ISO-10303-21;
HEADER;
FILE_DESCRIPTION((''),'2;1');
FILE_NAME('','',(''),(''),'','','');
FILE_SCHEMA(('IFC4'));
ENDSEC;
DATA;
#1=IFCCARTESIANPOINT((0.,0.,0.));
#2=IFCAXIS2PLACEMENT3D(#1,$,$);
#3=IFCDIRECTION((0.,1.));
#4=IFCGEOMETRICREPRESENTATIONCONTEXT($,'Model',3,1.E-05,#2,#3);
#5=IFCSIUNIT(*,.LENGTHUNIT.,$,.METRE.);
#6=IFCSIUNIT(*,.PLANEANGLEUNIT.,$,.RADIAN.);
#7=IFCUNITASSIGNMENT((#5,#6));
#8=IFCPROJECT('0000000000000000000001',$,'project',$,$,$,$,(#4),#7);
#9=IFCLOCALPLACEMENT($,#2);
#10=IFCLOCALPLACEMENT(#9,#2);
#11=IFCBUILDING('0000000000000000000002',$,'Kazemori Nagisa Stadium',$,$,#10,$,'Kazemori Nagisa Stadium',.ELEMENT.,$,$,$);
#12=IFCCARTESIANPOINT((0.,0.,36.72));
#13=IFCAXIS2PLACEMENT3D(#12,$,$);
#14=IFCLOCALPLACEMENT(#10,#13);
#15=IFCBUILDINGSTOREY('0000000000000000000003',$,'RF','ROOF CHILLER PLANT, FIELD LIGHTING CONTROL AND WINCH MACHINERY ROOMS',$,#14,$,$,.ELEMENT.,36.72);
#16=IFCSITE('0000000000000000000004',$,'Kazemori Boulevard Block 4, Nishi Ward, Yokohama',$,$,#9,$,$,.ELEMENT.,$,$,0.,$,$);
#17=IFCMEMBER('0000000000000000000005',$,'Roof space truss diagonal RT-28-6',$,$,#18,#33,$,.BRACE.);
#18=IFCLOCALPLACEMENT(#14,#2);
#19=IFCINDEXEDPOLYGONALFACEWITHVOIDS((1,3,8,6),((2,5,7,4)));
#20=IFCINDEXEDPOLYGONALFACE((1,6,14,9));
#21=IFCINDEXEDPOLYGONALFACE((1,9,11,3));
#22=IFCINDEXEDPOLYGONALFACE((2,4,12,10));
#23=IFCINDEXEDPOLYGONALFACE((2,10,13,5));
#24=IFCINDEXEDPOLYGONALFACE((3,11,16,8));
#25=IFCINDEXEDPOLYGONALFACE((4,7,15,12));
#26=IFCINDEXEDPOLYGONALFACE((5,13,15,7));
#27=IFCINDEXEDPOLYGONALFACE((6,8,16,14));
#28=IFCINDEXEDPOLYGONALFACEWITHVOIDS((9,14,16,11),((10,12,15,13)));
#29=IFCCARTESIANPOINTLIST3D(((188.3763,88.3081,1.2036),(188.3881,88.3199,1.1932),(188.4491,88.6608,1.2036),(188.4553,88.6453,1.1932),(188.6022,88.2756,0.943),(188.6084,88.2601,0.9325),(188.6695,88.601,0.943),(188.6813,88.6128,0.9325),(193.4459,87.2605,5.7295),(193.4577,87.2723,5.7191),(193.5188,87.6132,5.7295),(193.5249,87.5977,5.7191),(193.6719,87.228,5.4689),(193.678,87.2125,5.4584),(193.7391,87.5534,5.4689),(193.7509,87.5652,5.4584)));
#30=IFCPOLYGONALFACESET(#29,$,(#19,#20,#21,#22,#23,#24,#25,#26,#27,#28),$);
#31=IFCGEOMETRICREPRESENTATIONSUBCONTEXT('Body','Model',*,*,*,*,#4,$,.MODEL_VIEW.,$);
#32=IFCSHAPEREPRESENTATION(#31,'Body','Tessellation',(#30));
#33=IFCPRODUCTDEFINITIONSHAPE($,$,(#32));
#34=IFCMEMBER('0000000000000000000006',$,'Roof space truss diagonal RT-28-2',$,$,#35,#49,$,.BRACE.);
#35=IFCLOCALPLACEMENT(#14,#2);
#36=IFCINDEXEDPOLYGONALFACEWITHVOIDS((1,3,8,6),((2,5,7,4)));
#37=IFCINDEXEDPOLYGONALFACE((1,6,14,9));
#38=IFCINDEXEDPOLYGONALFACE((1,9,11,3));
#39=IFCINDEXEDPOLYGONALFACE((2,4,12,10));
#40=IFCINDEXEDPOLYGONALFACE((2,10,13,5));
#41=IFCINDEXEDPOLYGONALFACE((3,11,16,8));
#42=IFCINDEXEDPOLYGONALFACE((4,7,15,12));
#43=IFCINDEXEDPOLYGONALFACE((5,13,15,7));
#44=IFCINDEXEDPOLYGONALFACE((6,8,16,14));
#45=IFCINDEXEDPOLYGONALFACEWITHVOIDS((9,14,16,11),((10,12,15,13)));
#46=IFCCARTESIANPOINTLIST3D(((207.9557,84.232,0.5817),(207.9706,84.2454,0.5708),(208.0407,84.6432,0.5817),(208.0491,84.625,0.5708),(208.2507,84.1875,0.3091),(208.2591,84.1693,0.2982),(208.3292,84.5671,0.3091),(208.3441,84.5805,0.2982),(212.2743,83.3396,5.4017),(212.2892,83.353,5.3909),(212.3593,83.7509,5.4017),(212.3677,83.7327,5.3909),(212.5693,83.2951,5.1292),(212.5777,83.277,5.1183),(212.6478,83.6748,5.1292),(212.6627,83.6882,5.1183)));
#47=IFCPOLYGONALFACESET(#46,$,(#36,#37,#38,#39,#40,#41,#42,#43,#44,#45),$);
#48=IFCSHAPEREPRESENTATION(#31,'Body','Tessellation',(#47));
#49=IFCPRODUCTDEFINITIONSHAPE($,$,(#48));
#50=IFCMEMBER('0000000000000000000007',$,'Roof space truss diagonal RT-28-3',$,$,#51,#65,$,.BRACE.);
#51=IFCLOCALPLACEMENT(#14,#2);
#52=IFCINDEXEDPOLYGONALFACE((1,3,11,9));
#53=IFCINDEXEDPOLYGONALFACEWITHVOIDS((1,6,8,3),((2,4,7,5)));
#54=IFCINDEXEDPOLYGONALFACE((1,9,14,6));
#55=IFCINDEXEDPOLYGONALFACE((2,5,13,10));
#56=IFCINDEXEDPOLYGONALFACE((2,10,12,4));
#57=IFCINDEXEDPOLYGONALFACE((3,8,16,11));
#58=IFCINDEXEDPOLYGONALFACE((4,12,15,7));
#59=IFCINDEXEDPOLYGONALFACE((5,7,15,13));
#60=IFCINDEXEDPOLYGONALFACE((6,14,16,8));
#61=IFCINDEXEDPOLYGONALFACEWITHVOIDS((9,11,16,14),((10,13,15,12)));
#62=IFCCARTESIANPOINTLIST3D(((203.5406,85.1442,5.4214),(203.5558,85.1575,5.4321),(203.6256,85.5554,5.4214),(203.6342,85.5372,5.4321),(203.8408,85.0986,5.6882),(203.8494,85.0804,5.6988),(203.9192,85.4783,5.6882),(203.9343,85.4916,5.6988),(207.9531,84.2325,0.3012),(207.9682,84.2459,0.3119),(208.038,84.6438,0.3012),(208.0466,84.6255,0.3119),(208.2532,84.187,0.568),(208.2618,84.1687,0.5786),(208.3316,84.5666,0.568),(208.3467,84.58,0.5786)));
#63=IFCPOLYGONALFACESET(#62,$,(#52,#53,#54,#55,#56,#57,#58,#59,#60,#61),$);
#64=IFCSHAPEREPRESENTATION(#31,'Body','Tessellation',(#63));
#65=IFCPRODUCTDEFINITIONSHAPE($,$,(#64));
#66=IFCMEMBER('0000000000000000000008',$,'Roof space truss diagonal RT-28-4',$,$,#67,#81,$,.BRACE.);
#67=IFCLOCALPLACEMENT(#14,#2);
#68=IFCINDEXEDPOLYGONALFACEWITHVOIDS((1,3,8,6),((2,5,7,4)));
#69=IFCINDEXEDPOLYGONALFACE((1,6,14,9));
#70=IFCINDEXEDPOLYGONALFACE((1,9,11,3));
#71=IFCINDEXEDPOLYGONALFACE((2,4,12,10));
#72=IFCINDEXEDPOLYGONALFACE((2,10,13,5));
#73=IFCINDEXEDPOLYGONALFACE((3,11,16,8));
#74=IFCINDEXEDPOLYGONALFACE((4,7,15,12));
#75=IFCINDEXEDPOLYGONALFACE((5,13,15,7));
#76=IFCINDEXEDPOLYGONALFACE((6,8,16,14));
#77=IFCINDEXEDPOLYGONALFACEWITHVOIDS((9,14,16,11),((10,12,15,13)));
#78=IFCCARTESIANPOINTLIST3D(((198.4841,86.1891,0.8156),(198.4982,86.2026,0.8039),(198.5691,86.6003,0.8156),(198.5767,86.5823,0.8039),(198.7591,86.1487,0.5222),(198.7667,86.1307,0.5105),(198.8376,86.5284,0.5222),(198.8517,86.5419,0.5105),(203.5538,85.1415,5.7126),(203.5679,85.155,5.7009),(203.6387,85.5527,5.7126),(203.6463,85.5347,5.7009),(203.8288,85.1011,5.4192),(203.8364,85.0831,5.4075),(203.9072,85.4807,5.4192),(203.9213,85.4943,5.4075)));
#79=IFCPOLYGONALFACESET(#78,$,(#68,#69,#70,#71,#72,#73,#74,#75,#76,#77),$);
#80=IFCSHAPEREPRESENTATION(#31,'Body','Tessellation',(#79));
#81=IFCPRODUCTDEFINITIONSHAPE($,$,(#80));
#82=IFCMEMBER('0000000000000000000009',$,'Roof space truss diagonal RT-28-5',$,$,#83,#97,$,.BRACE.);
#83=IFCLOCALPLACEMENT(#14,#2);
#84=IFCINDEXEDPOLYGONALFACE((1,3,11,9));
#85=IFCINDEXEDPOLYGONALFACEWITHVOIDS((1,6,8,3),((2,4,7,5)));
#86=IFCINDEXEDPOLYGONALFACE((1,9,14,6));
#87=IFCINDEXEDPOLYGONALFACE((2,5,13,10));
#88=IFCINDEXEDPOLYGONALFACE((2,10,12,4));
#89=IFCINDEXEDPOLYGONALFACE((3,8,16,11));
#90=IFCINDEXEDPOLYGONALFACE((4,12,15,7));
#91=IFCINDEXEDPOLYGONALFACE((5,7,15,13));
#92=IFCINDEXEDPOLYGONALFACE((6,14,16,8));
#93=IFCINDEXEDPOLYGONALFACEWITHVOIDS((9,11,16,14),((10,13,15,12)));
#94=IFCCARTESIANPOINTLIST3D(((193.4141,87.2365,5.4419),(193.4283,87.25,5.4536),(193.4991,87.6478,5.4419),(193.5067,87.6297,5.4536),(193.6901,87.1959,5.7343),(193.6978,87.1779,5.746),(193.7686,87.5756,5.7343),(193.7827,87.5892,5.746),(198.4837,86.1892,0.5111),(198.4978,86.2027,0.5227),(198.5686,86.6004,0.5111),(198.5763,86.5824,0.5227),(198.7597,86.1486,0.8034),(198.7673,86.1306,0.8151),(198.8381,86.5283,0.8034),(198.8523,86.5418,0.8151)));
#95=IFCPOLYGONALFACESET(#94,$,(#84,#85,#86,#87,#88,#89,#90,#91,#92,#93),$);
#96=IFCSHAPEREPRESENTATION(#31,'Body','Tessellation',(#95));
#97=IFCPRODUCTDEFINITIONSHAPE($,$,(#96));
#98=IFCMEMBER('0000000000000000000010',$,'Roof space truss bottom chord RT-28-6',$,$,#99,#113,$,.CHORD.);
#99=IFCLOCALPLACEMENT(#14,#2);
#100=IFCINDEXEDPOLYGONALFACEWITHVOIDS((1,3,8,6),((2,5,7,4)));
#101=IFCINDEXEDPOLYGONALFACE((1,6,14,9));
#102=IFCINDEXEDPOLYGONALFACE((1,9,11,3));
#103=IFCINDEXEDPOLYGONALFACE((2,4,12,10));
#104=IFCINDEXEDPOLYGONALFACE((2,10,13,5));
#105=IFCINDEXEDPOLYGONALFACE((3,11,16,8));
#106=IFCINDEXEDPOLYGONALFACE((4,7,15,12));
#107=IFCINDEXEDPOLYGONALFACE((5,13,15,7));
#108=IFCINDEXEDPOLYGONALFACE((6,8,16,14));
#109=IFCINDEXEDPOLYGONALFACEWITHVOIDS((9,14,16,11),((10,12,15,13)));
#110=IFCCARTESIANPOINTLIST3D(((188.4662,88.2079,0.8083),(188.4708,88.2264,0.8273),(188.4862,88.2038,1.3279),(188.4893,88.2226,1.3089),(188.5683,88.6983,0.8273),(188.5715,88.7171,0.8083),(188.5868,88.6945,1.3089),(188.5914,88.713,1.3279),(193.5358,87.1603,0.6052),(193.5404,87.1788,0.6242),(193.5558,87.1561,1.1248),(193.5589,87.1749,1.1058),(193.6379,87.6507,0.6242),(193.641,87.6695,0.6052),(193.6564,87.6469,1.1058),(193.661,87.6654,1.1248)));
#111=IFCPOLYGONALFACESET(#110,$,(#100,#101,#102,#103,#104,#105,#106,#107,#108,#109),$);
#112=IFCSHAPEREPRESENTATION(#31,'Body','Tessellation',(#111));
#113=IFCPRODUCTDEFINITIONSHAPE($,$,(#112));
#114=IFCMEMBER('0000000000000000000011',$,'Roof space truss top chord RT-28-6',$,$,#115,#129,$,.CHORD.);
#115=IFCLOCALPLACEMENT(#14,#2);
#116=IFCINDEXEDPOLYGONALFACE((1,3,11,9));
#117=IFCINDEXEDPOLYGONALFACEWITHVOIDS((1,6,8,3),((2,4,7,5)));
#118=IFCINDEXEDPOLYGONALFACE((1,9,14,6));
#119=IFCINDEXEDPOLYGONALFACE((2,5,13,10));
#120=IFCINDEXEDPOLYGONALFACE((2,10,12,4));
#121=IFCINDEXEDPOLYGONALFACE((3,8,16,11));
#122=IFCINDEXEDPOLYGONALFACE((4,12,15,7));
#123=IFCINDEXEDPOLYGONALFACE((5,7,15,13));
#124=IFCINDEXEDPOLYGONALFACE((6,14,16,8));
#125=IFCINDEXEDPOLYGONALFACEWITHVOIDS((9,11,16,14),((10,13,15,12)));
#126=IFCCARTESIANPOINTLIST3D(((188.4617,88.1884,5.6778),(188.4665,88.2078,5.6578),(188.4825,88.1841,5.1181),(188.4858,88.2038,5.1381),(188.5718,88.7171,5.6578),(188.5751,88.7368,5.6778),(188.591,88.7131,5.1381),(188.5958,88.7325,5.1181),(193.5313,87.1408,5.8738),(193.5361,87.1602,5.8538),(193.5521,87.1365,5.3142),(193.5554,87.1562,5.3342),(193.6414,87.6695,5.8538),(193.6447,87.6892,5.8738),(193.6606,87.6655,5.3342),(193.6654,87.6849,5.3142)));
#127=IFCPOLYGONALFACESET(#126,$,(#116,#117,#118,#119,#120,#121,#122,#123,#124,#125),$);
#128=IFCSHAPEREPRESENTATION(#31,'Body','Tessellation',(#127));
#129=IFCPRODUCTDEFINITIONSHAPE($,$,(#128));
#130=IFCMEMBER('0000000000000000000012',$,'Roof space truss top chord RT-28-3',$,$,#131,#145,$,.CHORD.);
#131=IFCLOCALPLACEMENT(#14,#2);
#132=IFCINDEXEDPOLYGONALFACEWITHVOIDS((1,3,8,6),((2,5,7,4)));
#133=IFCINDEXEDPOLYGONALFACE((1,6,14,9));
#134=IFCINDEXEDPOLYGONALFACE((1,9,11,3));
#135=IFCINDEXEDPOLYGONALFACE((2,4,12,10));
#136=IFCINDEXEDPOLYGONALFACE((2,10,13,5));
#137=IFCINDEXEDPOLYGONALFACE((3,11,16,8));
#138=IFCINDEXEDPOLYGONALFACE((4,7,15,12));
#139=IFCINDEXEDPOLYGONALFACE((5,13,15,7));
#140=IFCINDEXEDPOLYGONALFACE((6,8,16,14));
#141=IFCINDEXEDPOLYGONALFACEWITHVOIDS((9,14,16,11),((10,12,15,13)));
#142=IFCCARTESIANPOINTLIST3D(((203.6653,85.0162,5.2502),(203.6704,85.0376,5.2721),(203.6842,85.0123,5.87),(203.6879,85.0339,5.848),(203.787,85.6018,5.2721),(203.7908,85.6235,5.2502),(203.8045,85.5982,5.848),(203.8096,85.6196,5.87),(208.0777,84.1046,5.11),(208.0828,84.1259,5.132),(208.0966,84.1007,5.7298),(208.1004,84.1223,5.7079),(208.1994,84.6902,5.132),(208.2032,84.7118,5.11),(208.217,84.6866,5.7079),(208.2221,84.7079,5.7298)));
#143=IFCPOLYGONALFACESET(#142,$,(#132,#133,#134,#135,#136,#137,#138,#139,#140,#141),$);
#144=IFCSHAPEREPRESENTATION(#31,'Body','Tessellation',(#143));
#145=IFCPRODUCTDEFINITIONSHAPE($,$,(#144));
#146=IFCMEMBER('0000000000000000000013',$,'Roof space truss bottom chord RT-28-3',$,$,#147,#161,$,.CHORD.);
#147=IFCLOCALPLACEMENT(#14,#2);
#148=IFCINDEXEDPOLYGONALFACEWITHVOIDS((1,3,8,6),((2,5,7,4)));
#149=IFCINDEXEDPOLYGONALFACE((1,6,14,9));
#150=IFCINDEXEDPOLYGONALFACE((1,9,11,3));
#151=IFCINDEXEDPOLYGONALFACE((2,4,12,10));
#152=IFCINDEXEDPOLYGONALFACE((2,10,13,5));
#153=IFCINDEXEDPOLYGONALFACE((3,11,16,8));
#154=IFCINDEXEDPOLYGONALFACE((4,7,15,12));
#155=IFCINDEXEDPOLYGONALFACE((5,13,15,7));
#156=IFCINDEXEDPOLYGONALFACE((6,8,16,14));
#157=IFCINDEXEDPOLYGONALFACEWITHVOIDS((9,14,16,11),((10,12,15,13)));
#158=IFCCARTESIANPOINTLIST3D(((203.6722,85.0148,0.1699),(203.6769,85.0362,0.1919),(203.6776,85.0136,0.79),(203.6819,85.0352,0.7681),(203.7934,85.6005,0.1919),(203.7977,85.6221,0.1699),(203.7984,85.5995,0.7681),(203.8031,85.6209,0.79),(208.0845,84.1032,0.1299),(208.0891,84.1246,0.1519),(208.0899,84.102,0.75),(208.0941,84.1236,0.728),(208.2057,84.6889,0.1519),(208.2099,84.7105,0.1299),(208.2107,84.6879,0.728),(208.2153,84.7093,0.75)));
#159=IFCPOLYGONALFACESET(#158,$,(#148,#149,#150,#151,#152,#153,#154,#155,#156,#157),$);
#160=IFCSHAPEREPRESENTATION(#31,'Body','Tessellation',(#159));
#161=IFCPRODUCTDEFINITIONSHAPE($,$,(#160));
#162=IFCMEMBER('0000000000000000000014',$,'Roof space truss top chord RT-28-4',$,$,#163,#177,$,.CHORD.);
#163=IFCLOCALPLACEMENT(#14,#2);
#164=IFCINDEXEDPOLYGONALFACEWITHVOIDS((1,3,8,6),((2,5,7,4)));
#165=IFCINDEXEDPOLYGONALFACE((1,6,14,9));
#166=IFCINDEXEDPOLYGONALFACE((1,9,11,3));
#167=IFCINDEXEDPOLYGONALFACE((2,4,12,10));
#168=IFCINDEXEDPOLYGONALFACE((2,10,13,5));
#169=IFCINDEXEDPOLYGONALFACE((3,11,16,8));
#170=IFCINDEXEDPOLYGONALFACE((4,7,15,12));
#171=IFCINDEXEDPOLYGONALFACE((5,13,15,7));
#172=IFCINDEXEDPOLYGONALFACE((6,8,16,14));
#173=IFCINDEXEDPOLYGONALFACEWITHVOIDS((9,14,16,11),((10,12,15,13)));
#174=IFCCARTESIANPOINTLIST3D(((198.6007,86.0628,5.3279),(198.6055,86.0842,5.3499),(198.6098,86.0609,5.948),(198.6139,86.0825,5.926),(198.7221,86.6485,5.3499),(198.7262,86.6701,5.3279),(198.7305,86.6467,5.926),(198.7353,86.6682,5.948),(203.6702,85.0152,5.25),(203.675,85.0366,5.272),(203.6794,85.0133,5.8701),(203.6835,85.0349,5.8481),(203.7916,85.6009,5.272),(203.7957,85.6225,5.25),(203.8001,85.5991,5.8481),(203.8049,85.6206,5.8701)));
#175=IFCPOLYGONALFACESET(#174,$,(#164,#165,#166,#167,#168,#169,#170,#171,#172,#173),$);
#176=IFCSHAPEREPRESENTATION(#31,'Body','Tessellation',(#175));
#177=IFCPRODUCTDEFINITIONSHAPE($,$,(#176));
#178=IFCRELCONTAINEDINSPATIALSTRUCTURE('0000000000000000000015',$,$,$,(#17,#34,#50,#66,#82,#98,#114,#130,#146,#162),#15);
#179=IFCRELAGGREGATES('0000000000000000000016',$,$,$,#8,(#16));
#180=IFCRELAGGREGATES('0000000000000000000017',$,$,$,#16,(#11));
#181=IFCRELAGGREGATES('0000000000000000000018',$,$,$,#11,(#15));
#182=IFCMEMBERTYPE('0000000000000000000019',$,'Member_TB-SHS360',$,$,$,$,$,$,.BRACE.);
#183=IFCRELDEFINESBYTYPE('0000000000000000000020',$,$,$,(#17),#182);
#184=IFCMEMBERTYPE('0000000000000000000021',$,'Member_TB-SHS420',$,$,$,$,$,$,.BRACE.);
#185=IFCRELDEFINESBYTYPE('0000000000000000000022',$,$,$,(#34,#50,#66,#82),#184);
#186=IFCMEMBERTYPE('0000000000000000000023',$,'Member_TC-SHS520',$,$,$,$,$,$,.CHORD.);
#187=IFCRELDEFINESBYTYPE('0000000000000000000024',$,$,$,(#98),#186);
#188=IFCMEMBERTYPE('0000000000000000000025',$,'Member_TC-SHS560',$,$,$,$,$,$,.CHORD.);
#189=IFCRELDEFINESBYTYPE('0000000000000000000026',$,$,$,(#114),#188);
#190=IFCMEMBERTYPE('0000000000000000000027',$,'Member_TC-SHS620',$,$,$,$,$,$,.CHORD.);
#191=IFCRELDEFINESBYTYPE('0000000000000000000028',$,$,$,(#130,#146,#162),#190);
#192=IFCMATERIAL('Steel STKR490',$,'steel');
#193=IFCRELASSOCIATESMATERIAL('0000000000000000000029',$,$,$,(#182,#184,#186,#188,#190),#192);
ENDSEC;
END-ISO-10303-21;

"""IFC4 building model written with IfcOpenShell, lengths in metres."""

from ifc_helpers import new_model, si_unit, direction, frame, origin, origin_2d, place, context, subcontext, project, spatial, hollow_rectangle, extrude, material, material_profile, profile_set, type_object, element, save


model = new_model("IFC4")

# Units and contexts
model_context = context("Model", 3, precision=1e-05, world=origin(), true_north=direction((0.0, 1.0)))
body_context = subcontext(model_context, "Body", "Model", "MODEL_VIEW")
ifc_project = project(units=[si_unit("LENGTHUNIT", "METRE"), si_unit("PLANEANGLEUNIT", "RADIAN")], contexts=[model_context])

# Site, building, storey
site_placement = place(None, origin())
site = spatial("IfcSite", under=ifc_project, at=site_placement, Name="Kazemori Boulevard Block 4, Nishi Ward, Yokohama", CompositionType="ELEMENT", RefElevation=0.0)
building_placement = place(site_placement, origin())
building = spatial("IfcBuilding", under=site, at=building_placement, Name="Kazemori Nagisa Stadium", LongName="Kazemori Nagisa Stadium", CompositionType="ELEMENT")
storey_placement = place(building_placement, frame((0.0, 0.0, 36.72)))
storey = spatial("IfcBuildingStorey", under=building, at=storey_placement, Name="RF", Description="ROOF CHILLER PLANT, FIELD LIGHTING CONTROL AND WINCH MACHINERY ROOMS", CompositionType="ELEMENT", Elevation=36.72)

# Members
ifc_material_1 = material(Name="Steel STKR490", Category="steel")
ifc_material_profile_1 = material_profile(ifc_material_1, hollow_rectangle(XDim=0.3601, YDim=0.3601, WallThickness=0.0139, at=origin_2d()), Name="SHS-360x360x14")
ifc_profile_set_1 = profile_set([ifc_material_profile_1], Name="Steel STKR490")
member_type_1 = type_object("IfcMemberType", Name="Member_TB-SHS360", PredefinedType="BRACE", material=ifc_profile_set_1)
member_1_placement = place(storey_placement, frame((193.5984, 87.4128, 5.594), z_axis=(-0.737268, 0.152353, -0.658198), x_axis=(-0.20237, -0.979309, 0.0)))
element("IfcMember", 1, at=member_1_placement, inside=storey, type_object=member_type_1, Name="Roof space truss diagonal RT-28-6", PredefinedType="BRACE", context=body_context, shape_type="SweptSolid", body=[
    extrude(hollow_rectangle(XDim=0.3601, YDim=0.3601, WallThickness=0.0139, at=origin_2d()), origin(), (0.0, 0.0, 1.0), 6.8762),
])
ifc_material_profile_2 = material_profile(ifc_material_1, hollow_rectangle(XDim=0.4199, YDim=0.4199, WallThickness=0.0161, at=origin_2d()), Name="SHS-420x420x16")
ifc_profile_set_2 = profile_set([ifc_material_profile_2], Name="Steel STKR490")
member_type_2 = type_object("IfcMemberType", Name="Member_TB-SHS420", PredefinedType="BRACE", material=ifc_profile_set_2)
member_2_placement = place(storey_placement, frame((212.4685, 83.5139, 5.26), z_axis=(-0.661048, 0.136589, -0.737807), x_axis=(-0.202351, -0.979313, 0.0)))
element("IfcMember", 2, at=member_2_placement, inside=storey, type_object=member_type_2, Name="Roof space truss diagonal RT-28-2", PredefinedType="BRACE", context=body_context, shape_type="SweptSolid", body=[
    extrude(hollow_rectangle(XDim=0.4199, YDim=0.4199, WallThickness=0.0161, at=origin_2d()), origin(), (0.0, 0.0, 1.0), 6.533),
])
member_3_placement = place(storey_placement, frame((208.1499, 84.4062, 0.4399), z_axis=(-0.646951, 0.133664, 0.750725), x_axis=(-0.202333, -0.979317, 0.0)))
element("IfcMember", 3, at=member_3_placement, inside=storey, type_object=member_type_2, Name="Roof space truss diagonal RT-28-3", PredefinedType="BRACE", context=body_context, shape_type="SweptSolid", body=[
    extrude(hollow_rectangle(XDim=0.4199, YDim=0.4199, WallThickness=0.0161, at=origin_2d()), origin(), (0.0, 0.0, 1.0), 6.8203),
])
member_4_placement = place(storey_placement, frame((203.7375, 85.3179, 5.5601), z_axis=(-0.71143, 0.147014, -0.687208), x_axis=(-0.20237, -0.979309, 0.0)))
element("IfcMember", 4, at=member_4_placement, inside=storey, type_object=member_type_2, Name="Roof space truss diagonal RT-28-4", PredefinedType="BRACE", context=body_context, shape_type="SweptSolid", body=[
    extrude(hollow_rectangle(XDim=0.4199, YDim=0.4199, WallThickness=0.0161, at=origin_2d()), origin(), (0.0, 0.0, 1.0), 7.126),
])
member_5_placement = place(storey_placement, frame((198.668, 86.3655, 0.6631), z_axis=(-0.709109, 0.1465, 0.689712), x_axis=(-0.202325, -0.979318, 0.0)))
element("IfcMember", 5, at=member_5_placement, inside=storey, type_object=member_type_2, Name="Roof space truss diagonal RT-28-5", PredefinedType="BRACE", context=body_context, shape_type="SweptSolid", body=[
    extrude(hollow_rectangle(XDim=0.4199, YDim=0.4199, WallThickness=0.0161, at=origin_2d()), origin(), (0.0, 0.0, 1.0), 7.1492),
])
ifc_material_profile_3 = material_profile(ifc_material_1, hollow_rectangle(XDim=0.52, YDim=0.52, WallThickness=0.019, at=origin_2d()), Name="SHS-520x520x19")
ifc_profile_set_3 = profile_set([ifc_material_profile_3], Name="Steel STKR490")
member_type_3 = type_object("IfcMemberType", Name="Member_TC-SHS520", PredefinedType="CHORD", material=ifc_profile_set_3)
member_6_placement = place(storey_placement, frame((193.5984, 87.4128, 0.865), z_axis=(-0.978556, 0.202215, 0.039208), x_axis=(-0.20237, -0.979309, 0.0)))
element("IfcMember", 6, at=member_6_placement, inside=storey, type_object=member_type_3, Name="Roof space truss bottom chord RT-28-6", PredefinedType="CHORD", context=body_context, shape_type="SweptSolid", body=[
    extrude(hollow_rectangle(XDim=0.52, YDim=0.52, WallThickness=0.019, at=origin_2d()), origin(), (0.0, 0.0, 1.0), 5.1807),
])
ifc_material_profile_4 = material_profile(ifc_material_1, hollow_rectangle(XDim=0.5601, YDim=0.5601, WallThickness=0.02, at=origin_2d()), Name="SHS-560x560x20")
ifc_profile_set_4 = profile_set([ifc_material_profile_4], Name="Steel STKR490")
member_type_4 = type_object("IfcMemberType", Name="Member_TC-SHS560", PredefinedType="CHORD", material=ifc_profile_set_4)
member_7_placement = place(storey_placement, frame((193.5984, 87.4128, 5.594), z_axis=(-0.978608, 0.202225, -0.037844), x_axis=(-0.20237, -0.979309, 0.0)))
element("IfcMember", 7, at=member_7_placement, inside=storey, type_object=member_type_4, Name="Roof space truss top chord RT-28-6", PredefinedType="CHORD", context=body_context, shape_type="SweptSolid", body=[
    extrude(hollow_rectangle(XDim=0.5601, YDim=0.5601, WallThickness=0.02, at=origin_2d()), origin(), (0.0, 0.0, 1.0), 5.1804),
])
ifc_material_profile_5 = material_profile(ifc_material_1, hollow_rectangle(XDim=0.6201, YDim=0.6201, WallThickness=0.022, at=origin_2d()), Name="SHS-620x620x22")
ifc_profile_set_5 = profile_set([ifc_material_profile_5], Name="Steel STKR490")
member_type_5 = type_object("IfcMemberType", Name="Member_TC-SHS620", PredefinedType="CHORD", material=ifc_profile_set_5)
member_8_placement = place(storey_placement, frame((208.1499, 84.4062, 5.4199), z_axis=(-0.978843, 0.202235, 0.031088), x_axis=(-0.202333, -0.979317, 0.0)))
element("IfcMember", 8, at=member_8_placement, inside=storey, type_object=member_type_5, Name="Roof space truss top chord RT-28-3", PredefinedType="CHORD", context=body_context, shape_type="SweptSolid", body=[
    extrude(hollow_rectangle(XDim=0.6201, YDim=0.6201, WallThickness=0.022, at=origin_2d()), origin(), (0.0, 0.0, 1.0), 4.5078),
])
member_9_placement = place(storey_placement, frame((208.1499, 84.4062, 0.4399), z_axis=(-0.979278, 0.202325, 0.008886), x_axis=(-0.202333, -0.979317, 0.0)))
element("IfcMember", 9, at=member_9_placement, inside=storey, type_object=member_type_5, Name="Roof space truss bottom chord RT-28-3", PredefinedType="CHORD", context=body_context, shape_type="SweptSolid", body=[
    extrude(hollow_rectangle(XDim=0.6201, YDim=0.6201, WallThickness=0.022, at=origin_2d()), origin(), (0.0, 0.0, 1.0), 4.5056),
])
member_10_placement = place(storey_placement, frame((203.7375, 85.3179, 5.5601), z_axis=(-0.979198, 0.202347, 0.015043), x_axis=(-0.20237, -0.979309, 0.0)))
element("IfcMember", 10, at=member_10_placement, inside=storey, type_object=member_type_5, Name="Roof space truss top chord RT-28-4", PredefinedType="CHORD", context=body_context, shape_type="SweptSolid", body=[
    extrude(hollow_rectangle(XDim=0.6201, YDim=0.6201, WallThickness=0.022, at=origin_2d()), origin(), (0.0, 0.0, 1.0), 5.1772),
])

save(model, "model.ifc")
